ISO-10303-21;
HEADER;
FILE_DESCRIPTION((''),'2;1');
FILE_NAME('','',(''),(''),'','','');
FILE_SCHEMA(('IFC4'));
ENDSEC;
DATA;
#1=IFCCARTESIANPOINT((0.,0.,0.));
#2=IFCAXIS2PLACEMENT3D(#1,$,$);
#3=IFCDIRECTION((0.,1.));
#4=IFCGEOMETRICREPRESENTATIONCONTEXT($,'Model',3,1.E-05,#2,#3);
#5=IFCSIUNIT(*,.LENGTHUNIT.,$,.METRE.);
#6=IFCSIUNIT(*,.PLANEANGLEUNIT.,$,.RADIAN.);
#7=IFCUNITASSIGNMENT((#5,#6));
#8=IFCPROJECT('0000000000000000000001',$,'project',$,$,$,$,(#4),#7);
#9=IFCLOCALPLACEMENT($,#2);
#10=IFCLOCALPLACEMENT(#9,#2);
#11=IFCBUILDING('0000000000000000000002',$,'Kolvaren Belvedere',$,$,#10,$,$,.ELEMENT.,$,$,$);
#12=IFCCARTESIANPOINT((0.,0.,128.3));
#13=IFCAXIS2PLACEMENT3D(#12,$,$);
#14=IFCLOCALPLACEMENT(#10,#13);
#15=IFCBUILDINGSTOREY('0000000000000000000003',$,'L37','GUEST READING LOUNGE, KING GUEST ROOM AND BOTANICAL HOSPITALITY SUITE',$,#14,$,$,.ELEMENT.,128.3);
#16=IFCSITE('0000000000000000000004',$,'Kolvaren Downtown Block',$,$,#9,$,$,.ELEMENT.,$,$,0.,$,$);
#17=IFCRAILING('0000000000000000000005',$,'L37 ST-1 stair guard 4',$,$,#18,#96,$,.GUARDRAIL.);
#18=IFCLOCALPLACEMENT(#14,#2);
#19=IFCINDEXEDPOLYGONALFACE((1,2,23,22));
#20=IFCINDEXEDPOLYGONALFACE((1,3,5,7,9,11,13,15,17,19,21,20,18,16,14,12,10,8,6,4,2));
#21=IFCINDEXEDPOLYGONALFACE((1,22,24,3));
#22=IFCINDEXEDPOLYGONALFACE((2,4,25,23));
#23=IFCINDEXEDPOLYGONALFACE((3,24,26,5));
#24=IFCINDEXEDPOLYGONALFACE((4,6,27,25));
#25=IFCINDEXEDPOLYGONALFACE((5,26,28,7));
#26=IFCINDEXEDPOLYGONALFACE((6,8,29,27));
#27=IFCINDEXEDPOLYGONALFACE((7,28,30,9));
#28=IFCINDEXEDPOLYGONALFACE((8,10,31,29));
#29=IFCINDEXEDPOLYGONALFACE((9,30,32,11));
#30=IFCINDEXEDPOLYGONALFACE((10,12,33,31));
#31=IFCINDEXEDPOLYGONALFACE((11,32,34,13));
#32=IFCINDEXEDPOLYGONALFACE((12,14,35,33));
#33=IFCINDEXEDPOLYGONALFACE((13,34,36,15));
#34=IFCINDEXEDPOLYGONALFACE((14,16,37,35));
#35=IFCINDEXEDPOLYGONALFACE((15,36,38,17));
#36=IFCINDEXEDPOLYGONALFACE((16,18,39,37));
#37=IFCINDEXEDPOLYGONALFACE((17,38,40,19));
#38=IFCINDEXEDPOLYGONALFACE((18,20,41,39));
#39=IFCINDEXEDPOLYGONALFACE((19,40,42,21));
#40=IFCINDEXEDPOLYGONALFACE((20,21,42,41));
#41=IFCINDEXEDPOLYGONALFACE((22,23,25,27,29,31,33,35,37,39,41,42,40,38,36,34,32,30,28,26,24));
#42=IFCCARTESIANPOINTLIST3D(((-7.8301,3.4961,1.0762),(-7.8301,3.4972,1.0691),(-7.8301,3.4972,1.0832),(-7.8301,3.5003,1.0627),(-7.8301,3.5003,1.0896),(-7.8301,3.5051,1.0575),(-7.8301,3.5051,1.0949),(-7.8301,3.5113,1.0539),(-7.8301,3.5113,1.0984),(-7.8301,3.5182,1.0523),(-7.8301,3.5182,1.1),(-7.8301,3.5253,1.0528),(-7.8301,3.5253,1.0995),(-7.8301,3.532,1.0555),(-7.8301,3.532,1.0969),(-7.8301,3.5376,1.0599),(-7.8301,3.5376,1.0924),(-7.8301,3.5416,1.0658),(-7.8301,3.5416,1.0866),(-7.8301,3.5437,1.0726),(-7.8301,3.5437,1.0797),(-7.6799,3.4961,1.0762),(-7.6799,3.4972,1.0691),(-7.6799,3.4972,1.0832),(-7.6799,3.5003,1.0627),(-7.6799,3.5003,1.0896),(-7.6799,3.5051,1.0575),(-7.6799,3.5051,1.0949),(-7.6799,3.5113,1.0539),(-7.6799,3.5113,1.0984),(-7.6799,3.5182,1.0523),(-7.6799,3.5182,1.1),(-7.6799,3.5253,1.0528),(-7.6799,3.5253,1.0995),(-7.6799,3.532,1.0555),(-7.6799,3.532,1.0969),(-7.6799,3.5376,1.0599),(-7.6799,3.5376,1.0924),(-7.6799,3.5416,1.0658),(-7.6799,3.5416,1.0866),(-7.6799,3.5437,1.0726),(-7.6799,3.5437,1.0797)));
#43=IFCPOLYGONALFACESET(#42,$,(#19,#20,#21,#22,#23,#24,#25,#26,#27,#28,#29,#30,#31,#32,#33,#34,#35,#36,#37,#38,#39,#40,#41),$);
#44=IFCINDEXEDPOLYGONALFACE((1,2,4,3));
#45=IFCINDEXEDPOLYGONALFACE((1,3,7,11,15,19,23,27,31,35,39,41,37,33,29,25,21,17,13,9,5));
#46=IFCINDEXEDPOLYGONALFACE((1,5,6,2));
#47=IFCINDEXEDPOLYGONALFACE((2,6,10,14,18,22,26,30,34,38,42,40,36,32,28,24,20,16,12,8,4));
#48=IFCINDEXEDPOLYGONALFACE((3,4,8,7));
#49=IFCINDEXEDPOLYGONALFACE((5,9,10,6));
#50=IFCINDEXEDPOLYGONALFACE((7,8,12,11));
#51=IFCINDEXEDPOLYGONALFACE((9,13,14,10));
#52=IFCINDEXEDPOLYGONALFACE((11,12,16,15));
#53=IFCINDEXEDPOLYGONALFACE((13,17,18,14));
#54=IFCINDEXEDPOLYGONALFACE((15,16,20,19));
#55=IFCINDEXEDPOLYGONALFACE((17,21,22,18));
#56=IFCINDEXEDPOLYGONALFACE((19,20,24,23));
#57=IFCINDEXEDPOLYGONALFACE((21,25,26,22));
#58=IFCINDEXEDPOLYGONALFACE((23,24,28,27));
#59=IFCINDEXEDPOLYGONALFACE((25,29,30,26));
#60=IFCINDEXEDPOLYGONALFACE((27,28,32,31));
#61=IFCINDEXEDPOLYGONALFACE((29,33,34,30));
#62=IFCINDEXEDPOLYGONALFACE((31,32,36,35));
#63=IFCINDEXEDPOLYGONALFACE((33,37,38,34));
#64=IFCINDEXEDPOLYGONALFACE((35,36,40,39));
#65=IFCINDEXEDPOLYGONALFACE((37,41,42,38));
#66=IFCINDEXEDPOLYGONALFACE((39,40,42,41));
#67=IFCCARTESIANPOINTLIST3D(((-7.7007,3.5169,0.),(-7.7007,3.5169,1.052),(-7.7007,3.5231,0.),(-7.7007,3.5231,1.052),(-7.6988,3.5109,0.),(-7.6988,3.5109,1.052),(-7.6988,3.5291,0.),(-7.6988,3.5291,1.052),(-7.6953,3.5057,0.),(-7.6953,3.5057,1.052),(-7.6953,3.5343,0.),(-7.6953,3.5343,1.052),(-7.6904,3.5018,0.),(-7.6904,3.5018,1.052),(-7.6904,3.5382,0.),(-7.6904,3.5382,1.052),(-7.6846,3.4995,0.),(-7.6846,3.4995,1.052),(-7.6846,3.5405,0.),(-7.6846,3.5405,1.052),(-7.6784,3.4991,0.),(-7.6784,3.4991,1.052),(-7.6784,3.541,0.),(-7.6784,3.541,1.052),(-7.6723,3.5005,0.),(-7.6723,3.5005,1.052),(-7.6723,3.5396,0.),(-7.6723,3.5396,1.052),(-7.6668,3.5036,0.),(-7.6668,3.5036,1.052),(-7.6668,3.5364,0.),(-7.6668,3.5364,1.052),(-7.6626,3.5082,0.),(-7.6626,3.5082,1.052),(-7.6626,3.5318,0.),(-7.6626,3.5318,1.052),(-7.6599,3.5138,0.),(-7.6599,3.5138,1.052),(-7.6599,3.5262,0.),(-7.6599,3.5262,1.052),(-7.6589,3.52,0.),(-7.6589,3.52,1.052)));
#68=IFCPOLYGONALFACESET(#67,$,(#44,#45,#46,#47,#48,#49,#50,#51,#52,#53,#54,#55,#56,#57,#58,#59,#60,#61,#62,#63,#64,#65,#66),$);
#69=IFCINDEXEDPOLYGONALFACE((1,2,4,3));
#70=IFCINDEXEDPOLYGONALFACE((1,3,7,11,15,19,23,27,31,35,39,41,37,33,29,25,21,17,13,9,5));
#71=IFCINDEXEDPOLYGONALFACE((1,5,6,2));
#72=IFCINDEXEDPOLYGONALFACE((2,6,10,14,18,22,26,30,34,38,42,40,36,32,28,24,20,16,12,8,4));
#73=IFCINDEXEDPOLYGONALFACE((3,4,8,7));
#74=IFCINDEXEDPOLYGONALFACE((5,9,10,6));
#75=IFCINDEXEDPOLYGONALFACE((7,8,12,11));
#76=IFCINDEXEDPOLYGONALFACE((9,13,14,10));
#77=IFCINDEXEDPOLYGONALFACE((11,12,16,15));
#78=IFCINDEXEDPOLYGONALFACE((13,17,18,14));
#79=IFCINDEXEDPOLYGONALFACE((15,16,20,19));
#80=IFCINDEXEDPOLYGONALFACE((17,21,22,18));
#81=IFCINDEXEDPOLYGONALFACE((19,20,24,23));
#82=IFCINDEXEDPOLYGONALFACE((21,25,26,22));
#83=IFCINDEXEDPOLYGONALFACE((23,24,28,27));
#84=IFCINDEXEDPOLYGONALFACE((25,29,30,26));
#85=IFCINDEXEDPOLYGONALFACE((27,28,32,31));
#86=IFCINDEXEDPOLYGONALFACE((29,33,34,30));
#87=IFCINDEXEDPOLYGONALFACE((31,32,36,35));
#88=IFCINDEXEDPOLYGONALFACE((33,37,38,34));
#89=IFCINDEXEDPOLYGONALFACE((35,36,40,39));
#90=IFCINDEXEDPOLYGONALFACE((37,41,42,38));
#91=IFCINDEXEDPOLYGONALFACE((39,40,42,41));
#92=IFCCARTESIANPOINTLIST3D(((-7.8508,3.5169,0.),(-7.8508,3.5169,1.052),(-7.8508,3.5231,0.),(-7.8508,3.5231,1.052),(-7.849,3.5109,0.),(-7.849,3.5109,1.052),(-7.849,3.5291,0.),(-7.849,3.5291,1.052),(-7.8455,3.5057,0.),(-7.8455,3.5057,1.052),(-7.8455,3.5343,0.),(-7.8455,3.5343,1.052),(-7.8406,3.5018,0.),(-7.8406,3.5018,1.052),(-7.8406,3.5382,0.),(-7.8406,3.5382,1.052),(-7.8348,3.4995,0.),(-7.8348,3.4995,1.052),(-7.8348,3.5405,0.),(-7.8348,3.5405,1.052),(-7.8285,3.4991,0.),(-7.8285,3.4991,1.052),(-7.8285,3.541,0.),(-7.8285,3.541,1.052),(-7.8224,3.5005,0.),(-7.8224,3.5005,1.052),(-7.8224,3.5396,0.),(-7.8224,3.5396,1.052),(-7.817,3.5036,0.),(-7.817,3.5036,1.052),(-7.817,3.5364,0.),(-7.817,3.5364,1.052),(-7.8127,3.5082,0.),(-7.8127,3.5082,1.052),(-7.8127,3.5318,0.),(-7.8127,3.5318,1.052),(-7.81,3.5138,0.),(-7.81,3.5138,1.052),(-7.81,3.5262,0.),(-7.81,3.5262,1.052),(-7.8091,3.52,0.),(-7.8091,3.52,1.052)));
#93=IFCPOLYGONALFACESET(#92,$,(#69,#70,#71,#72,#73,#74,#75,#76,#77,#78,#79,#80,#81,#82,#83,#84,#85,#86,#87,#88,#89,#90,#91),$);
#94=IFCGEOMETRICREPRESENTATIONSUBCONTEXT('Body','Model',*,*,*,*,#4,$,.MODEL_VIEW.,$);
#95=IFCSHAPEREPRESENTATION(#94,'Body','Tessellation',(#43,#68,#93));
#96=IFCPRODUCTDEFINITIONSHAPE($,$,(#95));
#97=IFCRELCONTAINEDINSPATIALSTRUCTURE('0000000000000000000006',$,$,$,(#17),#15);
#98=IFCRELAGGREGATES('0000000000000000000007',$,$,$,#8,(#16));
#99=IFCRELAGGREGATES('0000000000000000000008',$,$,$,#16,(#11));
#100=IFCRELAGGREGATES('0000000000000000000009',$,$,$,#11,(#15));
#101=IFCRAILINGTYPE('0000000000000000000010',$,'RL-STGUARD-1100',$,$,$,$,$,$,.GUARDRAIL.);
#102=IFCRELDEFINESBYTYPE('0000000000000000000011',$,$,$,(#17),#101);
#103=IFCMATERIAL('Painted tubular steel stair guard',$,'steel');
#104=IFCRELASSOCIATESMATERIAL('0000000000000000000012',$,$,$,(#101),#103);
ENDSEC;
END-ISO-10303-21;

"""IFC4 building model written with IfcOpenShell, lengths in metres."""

from ifc_helpers import new_model, si_unit, direction, frame, origin, origin_2d, place, context, subcontext, project, spatial, circle, extrude, material, type_object, element, save


model = new_model("IFC4")

# Units and contexts
model_context = context("Model", 3, precision=1e-05, world=origin(), true_north=direction((0.0, 1.0)))
body_context = subcontext(model_context, "Body", "Model", "MODEL_VIEW")
ifc_project = project(units=[si_unit("LENGTHUNIT", "METRE"), si_unit("PLANEANGLEUNIT", "RADIAN")], contexts=[model_context])

# Site, building, storey
site_placement = place(None, origin())
site = spatial("IfcSite", under=ifc_project, at=site_placement, Name="Kolvaren Downtown Block", CompositionType="ELEMENT", RefElevation=0.0)
building_placement = place(site_placement, origin())
building = spatial("IfcBuilding", under=site, at=building_placement, Name="Kolvaren Belvedere", CompositionType="ELEMENT")
storey_placement = place(building_placement, frame((0.0, 0.0, 128.3)))
storey = spatial("IfcBuildingStorey", under=building, at=storey_placement, Name="L37", Description="GUEST READING LOUNGE, KING GUEST ROOM AND BOTANICAL HOSPITALITY SUITE", CompositionType="ELEMENT", Elevation=128.3)

# Railing
ifc_material_1 = material(Name="Painted tubular steel stair guard", Category="steel")
railing_type_1 = type_object("IfcRailingType", Name="RL-STGUARD-1100", PredefinedType="GUARDRAIL", material=ifc_material_1)
railing_1_placement = place(storey_placement, frame((-7.6799, 3.52, 0.0)))
element("IfcRailing", 1, at=railing_1_placement, inside=storey, type_object=railing_type_1, Name="L37 ST-1 stair guard 4", PredefinedType="GUARDRAIL", context=body_context, shape_type="SweptSolid", body=[
    extrude(circle(Radius=0.0239, at=origin_2d()), frame((0.0, 0.0, 1.0762), z_axis=(-1.0, 0.0, 0.0), x_axis=(0.0, -1.0, 0.0)), (0.0, 0.0, 1.0), 0.1501),
    extrude(circle(Radius=0.021, at=origin_2d()), origin(), (0.0, 0.0, 1.0), 1.052),
    extrude(circle(Radius=0.021, at=origin_2d()), frame((-0.1501, 0.0, 0.0)), (0.0, 0.0, 1.0), 1.052),
])

save(model, "model.ifc")
